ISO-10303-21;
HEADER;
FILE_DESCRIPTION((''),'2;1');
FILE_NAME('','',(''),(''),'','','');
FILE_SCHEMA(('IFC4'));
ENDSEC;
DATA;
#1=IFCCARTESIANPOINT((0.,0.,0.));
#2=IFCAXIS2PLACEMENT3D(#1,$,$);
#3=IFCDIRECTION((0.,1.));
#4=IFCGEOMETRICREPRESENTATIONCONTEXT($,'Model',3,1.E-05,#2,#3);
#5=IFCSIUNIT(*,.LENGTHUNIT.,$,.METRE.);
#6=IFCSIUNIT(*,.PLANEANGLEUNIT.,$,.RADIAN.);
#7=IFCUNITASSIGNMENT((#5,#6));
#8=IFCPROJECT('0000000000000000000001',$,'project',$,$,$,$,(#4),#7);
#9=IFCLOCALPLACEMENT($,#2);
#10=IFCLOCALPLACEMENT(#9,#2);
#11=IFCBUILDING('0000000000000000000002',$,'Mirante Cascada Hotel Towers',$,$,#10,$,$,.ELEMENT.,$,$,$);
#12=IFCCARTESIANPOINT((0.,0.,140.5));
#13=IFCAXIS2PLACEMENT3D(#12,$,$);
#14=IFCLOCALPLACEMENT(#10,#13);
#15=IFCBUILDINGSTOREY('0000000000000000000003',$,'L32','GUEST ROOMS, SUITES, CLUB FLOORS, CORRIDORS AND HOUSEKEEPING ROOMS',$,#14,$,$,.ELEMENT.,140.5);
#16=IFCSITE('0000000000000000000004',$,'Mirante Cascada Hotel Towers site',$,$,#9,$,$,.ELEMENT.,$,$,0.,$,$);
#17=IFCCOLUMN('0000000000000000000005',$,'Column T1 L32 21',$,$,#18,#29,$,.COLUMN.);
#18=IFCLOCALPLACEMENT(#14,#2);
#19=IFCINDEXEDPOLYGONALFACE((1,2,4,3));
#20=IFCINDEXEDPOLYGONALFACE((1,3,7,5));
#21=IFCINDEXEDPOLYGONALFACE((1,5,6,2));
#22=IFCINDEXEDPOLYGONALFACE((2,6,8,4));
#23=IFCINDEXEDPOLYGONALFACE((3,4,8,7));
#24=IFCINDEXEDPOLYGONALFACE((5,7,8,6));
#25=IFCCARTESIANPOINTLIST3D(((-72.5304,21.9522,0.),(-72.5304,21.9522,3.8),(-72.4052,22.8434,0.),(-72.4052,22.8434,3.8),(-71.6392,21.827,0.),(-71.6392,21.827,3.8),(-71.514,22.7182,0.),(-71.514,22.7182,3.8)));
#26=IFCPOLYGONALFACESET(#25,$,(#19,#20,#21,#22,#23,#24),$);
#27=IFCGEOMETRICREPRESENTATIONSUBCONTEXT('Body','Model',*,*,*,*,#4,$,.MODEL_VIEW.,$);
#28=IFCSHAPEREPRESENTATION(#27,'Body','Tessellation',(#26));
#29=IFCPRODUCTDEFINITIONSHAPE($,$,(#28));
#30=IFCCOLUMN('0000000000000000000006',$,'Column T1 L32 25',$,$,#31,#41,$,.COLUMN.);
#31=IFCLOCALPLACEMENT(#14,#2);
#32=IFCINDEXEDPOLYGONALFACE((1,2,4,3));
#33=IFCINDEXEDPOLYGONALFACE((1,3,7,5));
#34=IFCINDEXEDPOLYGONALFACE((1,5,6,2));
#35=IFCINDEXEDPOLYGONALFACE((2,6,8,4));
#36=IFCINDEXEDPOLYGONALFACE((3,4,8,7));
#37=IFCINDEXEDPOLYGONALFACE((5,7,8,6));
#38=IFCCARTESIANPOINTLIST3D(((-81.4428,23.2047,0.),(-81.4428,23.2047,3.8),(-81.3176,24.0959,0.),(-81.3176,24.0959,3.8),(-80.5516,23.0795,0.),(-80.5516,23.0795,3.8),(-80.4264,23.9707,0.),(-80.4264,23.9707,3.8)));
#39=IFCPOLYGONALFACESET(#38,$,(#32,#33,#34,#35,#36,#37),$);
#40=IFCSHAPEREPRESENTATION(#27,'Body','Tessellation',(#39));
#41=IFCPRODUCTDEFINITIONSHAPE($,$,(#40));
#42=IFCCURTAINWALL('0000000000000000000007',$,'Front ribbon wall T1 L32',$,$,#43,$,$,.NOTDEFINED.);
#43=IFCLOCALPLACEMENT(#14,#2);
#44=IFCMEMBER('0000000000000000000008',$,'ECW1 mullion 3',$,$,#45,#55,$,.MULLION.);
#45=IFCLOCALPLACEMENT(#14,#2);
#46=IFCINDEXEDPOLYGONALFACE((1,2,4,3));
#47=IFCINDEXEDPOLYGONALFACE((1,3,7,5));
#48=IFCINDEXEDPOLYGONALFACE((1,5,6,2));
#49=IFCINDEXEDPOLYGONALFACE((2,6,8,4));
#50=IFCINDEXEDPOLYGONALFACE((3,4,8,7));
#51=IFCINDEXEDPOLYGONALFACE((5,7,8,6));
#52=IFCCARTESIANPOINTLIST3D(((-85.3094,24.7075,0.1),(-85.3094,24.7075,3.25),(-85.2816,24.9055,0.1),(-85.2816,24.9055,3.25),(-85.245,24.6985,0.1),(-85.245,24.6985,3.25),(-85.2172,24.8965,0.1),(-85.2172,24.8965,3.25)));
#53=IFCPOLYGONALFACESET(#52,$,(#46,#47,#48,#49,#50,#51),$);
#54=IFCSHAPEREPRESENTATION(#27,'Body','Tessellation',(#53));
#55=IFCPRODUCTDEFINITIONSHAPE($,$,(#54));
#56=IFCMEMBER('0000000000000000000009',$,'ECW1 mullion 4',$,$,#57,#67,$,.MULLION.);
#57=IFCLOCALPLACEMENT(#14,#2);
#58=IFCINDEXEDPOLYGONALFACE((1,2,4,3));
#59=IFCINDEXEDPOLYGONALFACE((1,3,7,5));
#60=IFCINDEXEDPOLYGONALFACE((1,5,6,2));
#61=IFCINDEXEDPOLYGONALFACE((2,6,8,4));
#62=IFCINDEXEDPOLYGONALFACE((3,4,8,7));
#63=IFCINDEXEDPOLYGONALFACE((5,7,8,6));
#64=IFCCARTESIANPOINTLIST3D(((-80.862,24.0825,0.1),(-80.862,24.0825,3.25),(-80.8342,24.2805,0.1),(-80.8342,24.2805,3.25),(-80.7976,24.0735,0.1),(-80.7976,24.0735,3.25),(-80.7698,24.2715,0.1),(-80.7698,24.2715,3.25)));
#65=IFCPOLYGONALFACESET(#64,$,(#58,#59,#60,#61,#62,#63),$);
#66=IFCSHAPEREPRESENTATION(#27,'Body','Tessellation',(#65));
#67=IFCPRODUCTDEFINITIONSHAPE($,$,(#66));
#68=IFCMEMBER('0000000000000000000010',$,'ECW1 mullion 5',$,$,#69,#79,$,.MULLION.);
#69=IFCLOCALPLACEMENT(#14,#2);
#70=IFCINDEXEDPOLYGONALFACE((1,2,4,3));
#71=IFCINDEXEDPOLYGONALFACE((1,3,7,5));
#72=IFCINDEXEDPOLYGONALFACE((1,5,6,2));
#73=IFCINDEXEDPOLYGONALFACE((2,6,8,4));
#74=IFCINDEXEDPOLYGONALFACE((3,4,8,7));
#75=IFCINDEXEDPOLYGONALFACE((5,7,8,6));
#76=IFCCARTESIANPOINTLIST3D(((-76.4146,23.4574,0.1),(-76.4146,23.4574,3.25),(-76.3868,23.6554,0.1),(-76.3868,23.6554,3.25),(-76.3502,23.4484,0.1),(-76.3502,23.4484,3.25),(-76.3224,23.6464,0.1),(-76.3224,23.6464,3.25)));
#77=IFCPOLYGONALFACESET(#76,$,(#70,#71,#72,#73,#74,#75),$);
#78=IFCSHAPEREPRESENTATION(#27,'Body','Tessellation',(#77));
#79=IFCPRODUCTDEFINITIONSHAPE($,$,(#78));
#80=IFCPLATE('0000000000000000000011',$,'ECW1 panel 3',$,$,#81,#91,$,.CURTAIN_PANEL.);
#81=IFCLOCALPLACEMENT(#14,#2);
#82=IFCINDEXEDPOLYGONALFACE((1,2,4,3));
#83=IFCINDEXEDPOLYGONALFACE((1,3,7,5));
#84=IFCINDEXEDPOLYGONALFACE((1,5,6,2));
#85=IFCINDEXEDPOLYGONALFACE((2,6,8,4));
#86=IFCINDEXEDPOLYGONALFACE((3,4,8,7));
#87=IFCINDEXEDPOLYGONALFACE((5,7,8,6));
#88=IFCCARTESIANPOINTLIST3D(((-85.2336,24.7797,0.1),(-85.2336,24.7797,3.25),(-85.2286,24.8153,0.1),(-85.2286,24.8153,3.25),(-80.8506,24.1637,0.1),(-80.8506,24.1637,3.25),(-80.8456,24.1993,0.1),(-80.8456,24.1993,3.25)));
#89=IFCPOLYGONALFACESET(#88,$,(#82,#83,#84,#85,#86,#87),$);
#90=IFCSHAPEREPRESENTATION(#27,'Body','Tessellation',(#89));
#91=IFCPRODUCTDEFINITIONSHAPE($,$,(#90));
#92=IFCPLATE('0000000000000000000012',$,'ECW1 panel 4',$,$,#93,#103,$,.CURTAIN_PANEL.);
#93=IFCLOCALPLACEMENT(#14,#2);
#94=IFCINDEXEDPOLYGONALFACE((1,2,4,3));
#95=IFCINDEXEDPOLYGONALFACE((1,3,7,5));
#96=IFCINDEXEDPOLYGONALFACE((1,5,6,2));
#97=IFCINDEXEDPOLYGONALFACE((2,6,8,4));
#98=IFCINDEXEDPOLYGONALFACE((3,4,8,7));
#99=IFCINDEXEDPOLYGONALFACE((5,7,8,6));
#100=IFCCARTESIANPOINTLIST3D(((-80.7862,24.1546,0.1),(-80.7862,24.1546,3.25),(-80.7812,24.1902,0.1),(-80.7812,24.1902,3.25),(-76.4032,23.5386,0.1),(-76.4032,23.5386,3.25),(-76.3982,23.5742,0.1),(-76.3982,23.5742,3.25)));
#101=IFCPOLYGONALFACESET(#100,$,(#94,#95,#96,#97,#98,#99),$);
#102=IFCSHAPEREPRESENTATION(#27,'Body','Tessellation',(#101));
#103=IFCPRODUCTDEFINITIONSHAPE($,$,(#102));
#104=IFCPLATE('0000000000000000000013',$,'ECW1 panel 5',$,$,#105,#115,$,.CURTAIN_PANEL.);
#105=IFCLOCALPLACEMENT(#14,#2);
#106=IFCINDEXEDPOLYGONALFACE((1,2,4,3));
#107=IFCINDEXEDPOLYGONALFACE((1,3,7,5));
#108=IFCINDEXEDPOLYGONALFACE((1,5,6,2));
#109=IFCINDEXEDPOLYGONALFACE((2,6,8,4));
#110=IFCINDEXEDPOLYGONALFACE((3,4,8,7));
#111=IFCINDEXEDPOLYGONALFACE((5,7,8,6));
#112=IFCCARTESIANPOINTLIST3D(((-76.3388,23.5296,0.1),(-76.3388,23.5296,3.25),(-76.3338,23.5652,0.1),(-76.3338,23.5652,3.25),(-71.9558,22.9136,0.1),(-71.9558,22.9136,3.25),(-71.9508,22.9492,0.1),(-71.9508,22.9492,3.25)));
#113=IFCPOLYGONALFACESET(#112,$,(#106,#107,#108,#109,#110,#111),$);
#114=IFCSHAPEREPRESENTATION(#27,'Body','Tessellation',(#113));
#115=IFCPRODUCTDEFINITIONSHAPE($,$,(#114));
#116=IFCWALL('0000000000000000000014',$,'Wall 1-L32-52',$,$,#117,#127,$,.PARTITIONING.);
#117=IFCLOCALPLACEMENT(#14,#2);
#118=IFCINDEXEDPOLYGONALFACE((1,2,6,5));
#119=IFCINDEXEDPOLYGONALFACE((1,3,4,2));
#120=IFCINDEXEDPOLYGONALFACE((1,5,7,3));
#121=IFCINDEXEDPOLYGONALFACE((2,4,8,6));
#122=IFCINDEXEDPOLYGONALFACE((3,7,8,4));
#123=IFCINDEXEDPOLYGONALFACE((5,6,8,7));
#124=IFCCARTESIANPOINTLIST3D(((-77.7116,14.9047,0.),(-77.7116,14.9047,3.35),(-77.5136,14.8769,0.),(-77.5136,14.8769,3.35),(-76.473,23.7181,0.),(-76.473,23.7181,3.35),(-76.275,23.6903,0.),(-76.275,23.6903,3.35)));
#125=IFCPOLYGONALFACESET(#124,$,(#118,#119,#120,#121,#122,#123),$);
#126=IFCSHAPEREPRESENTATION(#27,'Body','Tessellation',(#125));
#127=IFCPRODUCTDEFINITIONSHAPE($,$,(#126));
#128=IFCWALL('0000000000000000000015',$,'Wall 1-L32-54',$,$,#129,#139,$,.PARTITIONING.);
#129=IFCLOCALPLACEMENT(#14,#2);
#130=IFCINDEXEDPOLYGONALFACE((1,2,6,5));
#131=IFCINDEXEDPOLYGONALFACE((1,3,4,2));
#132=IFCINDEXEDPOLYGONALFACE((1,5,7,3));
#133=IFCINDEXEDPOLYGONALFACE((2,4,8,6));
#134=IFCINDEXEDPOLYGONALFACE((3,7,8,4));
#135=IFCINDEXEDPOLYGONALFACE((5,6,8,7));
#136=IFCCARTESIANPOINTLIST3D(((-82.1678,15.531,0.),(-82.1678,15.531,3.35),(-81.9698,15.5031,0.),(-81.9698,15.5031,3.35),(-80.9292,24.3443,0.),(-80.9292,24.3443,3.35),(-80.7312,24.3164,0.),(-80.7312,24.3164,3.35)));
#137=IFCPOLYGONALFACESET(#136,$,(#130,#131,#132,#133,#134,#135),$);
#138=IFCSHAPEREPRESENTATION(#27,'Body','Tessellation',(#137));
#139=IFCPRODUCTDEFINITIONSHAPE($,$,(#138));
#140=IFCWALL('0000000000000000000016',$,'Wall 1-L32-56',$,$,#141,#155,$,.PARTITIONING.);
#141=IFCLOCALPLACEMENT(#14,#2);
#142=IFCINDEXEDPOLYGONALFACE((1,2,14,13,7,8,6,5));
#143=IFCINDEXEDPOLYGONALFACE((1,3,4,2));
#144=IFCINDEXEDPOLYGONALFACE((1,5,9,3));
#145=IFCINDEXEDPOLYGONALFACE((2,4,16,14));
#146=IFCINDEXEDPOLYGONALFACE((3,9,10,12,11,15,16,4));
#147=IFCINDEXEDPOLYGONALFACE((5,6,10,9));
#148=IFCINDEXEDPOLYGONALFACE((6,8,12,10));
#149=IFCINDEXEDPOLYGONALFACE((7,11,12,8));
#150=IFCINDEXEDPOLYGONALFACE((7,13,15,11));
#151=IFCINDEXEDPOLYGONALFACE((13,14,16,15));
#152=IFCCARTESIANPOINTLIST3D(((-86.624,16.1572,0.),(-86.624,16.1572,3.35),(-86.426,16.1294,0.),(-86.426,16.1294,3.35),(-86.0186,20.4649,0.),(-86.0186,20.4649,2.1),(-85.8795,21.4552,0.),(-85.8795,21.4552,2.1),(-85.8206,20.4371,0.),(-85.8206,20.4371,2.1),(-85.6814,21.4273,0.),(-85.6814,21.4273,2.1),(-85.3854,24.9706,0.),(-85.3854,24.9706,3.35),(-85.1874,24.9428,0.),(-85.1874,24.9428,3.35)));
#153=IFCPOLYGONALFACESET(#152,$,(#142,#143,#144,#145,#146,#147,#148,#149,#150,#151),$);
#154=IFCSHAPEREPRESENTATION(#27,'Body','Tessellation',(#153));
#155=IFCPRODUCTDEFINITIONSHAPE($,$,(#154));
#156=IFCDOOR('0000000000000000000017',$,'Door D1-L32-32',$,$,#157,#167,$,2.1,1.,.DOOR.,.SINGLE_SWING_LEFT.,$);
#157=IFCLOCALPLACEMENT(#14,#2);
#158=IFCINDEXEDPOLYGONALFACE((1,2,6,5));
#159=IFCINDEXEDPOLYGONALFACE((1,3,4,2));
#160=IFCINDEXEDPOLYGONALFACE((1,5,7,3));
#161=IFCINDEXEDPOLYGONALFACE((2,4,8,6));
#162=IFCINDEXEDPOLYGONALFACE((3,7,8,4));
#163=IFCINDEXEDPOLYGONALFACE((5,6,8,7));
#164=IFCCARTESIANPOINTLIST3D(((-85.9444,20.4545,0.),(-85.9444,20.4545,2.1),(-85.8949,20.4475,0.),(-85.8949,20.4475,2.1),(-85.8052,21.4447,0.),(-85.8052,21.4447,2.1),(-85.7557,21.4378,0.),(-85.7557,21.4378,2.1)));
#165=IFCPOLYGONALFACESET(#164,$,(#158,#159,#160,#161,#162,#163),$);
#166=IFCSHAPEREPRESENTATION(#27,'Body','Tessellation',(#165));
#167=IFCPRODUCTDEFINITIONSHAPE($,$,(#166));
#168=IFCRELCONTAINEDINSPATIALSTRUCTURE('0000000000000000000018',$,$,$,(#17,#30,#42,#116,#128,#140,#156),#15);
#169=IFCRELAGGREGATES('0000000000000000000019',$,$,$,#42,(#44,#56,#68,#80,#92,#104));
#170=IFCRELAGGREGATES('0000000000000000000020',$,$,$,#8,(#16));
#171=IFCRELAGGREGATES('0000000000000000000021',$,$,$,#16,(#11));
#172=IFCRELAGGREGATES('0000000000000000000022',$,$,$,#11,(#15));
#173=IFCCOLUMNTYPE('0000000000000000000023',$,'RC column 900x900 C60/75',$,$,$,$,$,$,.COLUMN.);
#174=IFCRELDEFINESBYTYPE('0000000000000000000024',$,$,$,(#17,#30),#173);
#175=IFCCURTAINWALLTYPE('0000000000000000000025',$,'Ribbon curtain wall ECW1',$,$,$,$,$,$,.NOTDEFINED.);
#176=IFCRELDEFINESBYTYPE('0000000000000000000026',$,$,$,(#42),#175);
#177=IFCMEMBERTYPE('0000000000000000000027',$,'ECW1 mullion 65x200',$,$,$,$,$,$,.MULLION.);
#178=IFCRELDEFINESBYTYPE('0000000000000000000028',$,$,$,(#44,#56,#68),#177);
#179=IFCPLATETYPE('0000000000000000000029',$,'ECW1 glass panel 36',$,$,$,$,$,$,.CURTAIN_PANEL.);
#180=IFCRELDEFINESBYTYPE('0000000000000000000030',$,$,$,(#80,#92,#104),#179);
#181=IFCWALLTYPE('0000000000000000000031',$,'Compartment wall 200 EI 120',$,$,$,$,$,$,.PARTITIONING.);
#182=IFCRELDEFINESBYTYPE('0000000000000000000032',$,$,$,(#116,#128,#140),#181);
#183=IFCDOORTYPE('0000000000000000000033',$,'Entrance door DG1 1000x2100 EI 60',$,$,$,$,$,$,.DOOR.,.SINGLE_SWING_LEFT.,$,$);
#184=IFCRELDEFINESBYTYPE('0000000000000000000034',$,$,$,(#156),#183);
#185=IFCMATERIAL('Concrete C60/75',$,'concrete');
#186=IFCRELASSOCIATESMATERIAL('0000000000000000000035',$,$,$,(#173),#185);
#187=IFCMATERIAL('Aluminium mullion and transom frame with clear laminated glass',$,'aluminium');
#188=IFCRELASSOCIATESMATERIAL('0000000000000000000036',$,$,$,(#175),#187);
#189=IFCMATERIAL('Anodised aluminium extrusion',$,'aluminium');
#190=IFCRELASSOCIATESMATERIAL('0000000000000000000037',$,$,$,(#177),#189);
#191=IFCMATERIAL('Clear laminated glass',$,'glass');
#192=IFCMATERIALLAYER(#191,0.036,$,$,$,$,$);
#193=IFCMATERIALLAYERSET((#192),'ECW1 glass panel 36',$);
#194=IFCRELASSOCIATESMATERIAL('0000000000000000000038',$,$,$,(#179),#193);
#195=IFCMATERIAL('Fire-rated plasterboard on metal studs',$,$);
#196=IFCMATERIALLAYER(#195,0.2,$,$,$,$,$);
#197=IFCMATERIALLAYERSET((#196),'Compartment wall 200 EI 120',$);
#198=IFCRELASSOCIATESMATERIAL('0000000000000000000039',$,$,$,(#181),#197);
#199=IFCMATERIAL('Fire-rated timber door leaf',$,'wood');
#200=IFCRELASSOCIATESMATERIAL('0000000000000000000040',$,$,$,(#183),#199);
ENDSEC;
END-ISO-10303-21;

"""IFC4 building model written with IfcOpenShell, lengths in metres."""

from ifc_helpers import new_model, si_unit, direction, frame, frame_2d, origin, origin_2d, place, context, subcontext, project, spatial, rectangle, extrude, material, layer, layer_set, material_profile, profile_set, type_object, element, fill, aggregate, save


model = new_model("IFC4")

# Units and contexts
model_context = context("Model", 3, precision=1e-05, world=origin(), true_north=direction((0.0, 1.0)))
body_context = subcontext(model_context, "Body", "Model", "MODEL_VIEW")
ifc_project = project(units=[si_unit("LENGTHUNIT", "METRE"), si_unit("PLANEANGLEUNIT", "RADIAN")], contexts=[model_context])

# Site, building, storey
site_placement = place(None, origin())
site = spatial("IfcSite", under=ifc_project, at=site_placement, Name="Mirante Cascada Hotel Towers site", CompositionType="ELEMENT", RefElevation=0.0)
building_placement = place(site_placement, origin())
building = spatial("IfcBuilding", under=site, at=building_placement, Name="Mirante Cascada Hotel Towers", CompositionType="ELEMENT")
storey_placement = place(building_placement, frame((0.0, 0.0, 140.5)))
storey = spatial("IfcBuildingStorey", under=building, at=storey_placement, Name="L32", Description="GUEST ROOMS, SUITES, CLUB FLOORS, CORRIDORS AND HOUSEKEEPING ROOMS", CompositionType="ELEMENT", Elevation=140.5)

# Columns
ifc_material_1 = material(Name="Concrete C60/75", Category="concrete")
ifc_material_profile_1 = material_profile(ifc_material_1, rectangle(XDim=0.9, YDim=0.9, at=origin_2d()), Name="RC column 900x900 C60/75")
ifc_profile_set_1 = profile_set([ifc_material_profile_1], Name="Concrete C60/75")
column_type = type_object("IfcColumnType", Name="RC column 900x900 C60/75", PredefinedType="COLUMN", material=ifc_profile_set_1)
for number, where, z_axis, x_axis, name in (
    (1, (-72.0222, 22.3352, 0.0), (0.0, 0.0, 1.0), (-0.990268, 0.139173, 0.0), "Column T1 L32 21"),
    (2, (-80.9346, 23.5877, 0.0), (0.0, 0.0, 1.0), (-0.990268, 0.139173, 0.0), "Column T1 L32 25"),
):
    element("IfcColumn", number, at=place(storey_placement, frame(where, z_axis=z_axis, x_axis=x_axis)), inside=storey, type_object=column_type, Name=name, PredefinedType="COLUMN", context=body_context, shape_type="SweptSolid", body=[
        extrude(rectangle(XDim=0.9, YDim=0.9, at=origin_2d()), origin(), (0.0, 0.0, 1.0), 3.8),
    ])

# Curtain wall, members, plates
ifc_material_2 = material(Name="Aluminium mullion and transom frame with clear laminated glass", Category="aluminium")
curtain_wall_type = type_object("IfcCurtainWallType", Name="Ribbon curtain wall ECW1", PredefinedType="NOTDEFINED", material=ifc_material_2)
curtain_wall_placement = place(storey_placement, origin())
curtain_wall = element("IfcCurtainWall", 3, at=curtain_wall_placement, inside=storey, type_object=curtain_wall_type, Name="Front ribbon wall T1 L32", PredefinedType="NOTDEFINED")
ifc_material_3 = material(Name="Anodised aluminium extrusion", Category="aluminium")
ifc_material_profile_2 = material_profile(ifc_material_3, rectangle(XDim=0.2, YDim=0.065, at=origin_2d()), Name="ECW1 MULLION 65x200")
ifc_profile_set_2 = profile_set([ifc_material_profile_2], Name="Anodised aluminium extrusion")
member_type = type_object("IfcMemberType", Name="ECW1 mullion 65x200", PredefinedType="MULLION", material=ifc_profile_set_2)
member_1_placement = place(storey_placement, frame((-85.2633, 24.802, 0.1), z_axis=(0.0, 0.0, 1.0), x_axis=(0.139173, 0.990268, 0.0)))
member_1 = element("IfcMember", 4, at=member_1_placement, type_object=member_type, Name="ECW1 mullion 3", PredefinedType="MULLION", context=body_context, shape_type="SweptSolid", body=[
    extrude(rectangle(XDim=0.2, YDim=0.065, at=origin_2d()), origin(), (0.0, 0.0, 1.0), 3.15),
])
member_2_placement = place(storey_placement, frame((-80.8159, 24.177, 0.1), z_axis=(0.0, 0.0, 1.0), x_axis=(0.139173, 0.990268, 0.0)))
member_2 = element("IfcMember", 5, at=member_2_placement, type_object=member_type, Name="ECW1 mullion 4", PredefinedType="MULLION", context=body_context, shape_type="SweptSolid", body=[
    extrude(rectangle(XDim=0.2, YDim=0.065, at=origin_2d()), origin(), (0.0, 0.0, 1.0), 3.15),
])
member_3_placement = place(storey_placement, frame((-76.3685, 23.5519, 0.1), z_axis=(0.0, 0.0, 1.0), x_axis=(0.139173, 0.990268, 0.0)))
member_3 = element("IfcMember", 6, at=member_3_placement, type_object=member_type, Name="ECW1 mullion 5", PredefinedType="MULLION", context=body_context, shape_type="SweptSolid", body=[
    extrude(rectangle(XDim=0.2, YDim=0.065, at=origin_2d()), origin(), (0.0, 0.0, 1.0), 3.15),
])
ifc_material_4 = material(Name="Clear laminated glass", Category="glass")
ifc_layer_1 = layer(ifc_material_4, 0.036)
ifc_layer_set_1 = layer_set([ifc_layer_1], Name="ECW1 glass panel 36")
plate_type = type_object("IfcPlateType", Name="ECW1 glass panel 36", PredefinedType="CURTAIN_PANEL", material=ifc_layer_set_1)
plate_1_placement = place(storey_placement, frame((-83.0396, 24.4895, 0.1), z_axis=(0.0, 0.0, 1.0), x_axis=(0.990268, -0.139173, 0.0)))
plate_1 = element("IfcPlate", 7, at=plate_1_placement, type_object=plate_type, Name="ECW1 panel 3", PredefinedType="CURTAIN_PANEL", context=body_context, shape_type="SweptSolid", body=[
    extrude(rectangle(XDim=4.4261, YDim=0.036, at=origin_2d()), origin(), (0.0, 0.0, 1.0), 3.15),
])
plate_2_placement = place(storey_placement, frame((-78.5922, 23.8644, 0.1), z_axis=(0.0, 0.0, 1.0), x_axis=(0.990268, -0.139173, 0.0)))
plate_2 = element("IfcPlate", 8, at=plate_2_placement, type_object=plate_type, Name="ECW1 panel 4", PredefinedType="CURTAIN_PANEL", context=body_context, shape_type="SweptSolid", body=[
    extrude(rectangle(XDim=4.4261, YDim=0.036, at=origin_2d()), origin(), (0.0, 0.0, 1.0), 3.15),
])
plate_3_placement = place(storey_placement, frame((-74.1448, 23.2394, 0.1), z_axis=(0.0, 0.0, 1.0), x_axis=(0.990268, -0.139173, 0.0)))
plate_3 = element("IfcPlate", 9, at=plate_3_placement, type_object=plate_type, Name="ECW1 panel 5", PredefinedType="CURTAIN_PANEL", context=body_context, shape_type="SweptSolid", body=[
    extrude(rectangle(XDim=4.4261, YDim=0.036, at=origin_2d()), origin(), (0.0, 0.0, 1.0), 3.15),
])
aggregate(curtain_wall, [member_1, member_2, member_3, plate_1, plate_2, plate_3])

# Walls
ifc_material_5 = material(Name="Fire-rated plasterboard on metal studs")
ifc_layer_2 = layer(ifc_material_5, 0.2)
ifc_layer_set_2 = layer_set([ifc_layer_2], Name="Compartment wall 200 EI 120")
wall_type_1 = type_object("IfcWallType", Name="Compartment wall 200 EI 120", PredefinedType="PARTITIONING", material=ifc_layer_set_2)
wall_1_placement = place(storey_placement, frame((-76.374, 23.7042, 0.0), z_axis=(0.0, 0.0, 1.0), x_axis=(-0.139168, -0.990269, 0.0)))
element("IfcWall", 10, at=wall_1_placement, inside=storey, type_object=wall_type_1, Name="Wall 1-L32-52", PredefinedType="PARTITIONING", context=body_context, shape_type="SweptSolid", body=[
    extrude(rectangle(XDim=8.9, YDim=0.2, at=frame_2d((4.45, 0.0))), origin(), (0.0, 0.0, 1.0), 3.35),
])
wall_2_placement = place(storey_placement, frame((-80.8302, 24.3304, 0.0), z_axis=(0.0, 0.0, 1.0), x_axis=(-0.13917, -0.990268, 0.0)))
element("IfcWall", 11, at=wall_2_placement, inside=storey, type_object=wall_type_1, Name="Wall 1-L32-54", PredefinedType="PARTITIONING", context=body_context, shape_type="SweptSolid", body=[
    extrude(rectangle(XDim=8.8999, YDim=0.2, at=frame_2d((4.45, 0.0))), origin(), (0.0, 0.0, 1.0), 3.35),
])

# Wall, opening, door
wall_3_placement = place(storey_placement, frame((-85.2864, 24.9567, 0.0), z_axis=(0.0, 0.0, 1.0), x_axis=(-0.139168, -0.990269, 0.0)))
wall_3 = element("IfcWall", 12, at=wall_3_placement, inside=storey, type_object=wall_type_1, Name="Wall 1-L32-56", PredefinedType="PARTITIONING", context=body_context, shape_type="SweptSolid", body=[
    extrude(rectangle(XDim=8.9, YDim=0.2, at=frame_2d((4.45, 0.0))), origin(), (0.0, 0.0, 1.0), 3.35),
])
opening_1_placement = place(wall_3_placement, frame((3.55, 0.0, 0.0)))
opening_1 = element("IfcOpeningElement", 13, at=opening_1_placement, cuts=wall_3, PredefinedType="OPENING", context=body_context, shape_type="SweptSolid", body=[
    extrude(rectangle(XDim=1.0, YDim=2.1, at=frame_2d((0.5, 1.05))), frame((0.0, 0.1, 0.0), z_axis=(0.0, -1.0, 0.0), x_axis=(1.0, 0.0, 0.0)), (0.0, 0.0, 1.0), 0.2),
])
ifc_material_6 = material(Name="Fire-rated timber door leaf", Category="wood")
door_type_1 = type_object("IfcDoorType", Name="Entrance door DG1 1000x2100 EI 60", OperationType="SINGLE_SWING_LEFT", PredefinedType="DOOR", material=ifc_material_6)
door_1_placement = place(opening_1_placement, origin())
door_1 = element("IfcDoor", 14, at=door_1_placement, inside=storey, type_object=door_type_1, Name="Door D1-L32-32", OperationType="SINGLE_SWING_LEFT", OverallHeight=2.1, OverallWidth=1.0, PredefinedType="DOOR", context=body_context, shape_type="SweptSolid", body=[
    extrude(rectangle(XDim=1.0, YDim=2.1, at=frame_2d((0.5, 1.05))), frame((0.0, 0.025, 0.0), z_axis=(0.0, -1.0, 0.0), x_axis=(1.0, 0.0, 0.0)), (0.0, 0.0, 1.0), 0.05),
])
fill(opening_1, door_1)

save(model, "model.ifc")
